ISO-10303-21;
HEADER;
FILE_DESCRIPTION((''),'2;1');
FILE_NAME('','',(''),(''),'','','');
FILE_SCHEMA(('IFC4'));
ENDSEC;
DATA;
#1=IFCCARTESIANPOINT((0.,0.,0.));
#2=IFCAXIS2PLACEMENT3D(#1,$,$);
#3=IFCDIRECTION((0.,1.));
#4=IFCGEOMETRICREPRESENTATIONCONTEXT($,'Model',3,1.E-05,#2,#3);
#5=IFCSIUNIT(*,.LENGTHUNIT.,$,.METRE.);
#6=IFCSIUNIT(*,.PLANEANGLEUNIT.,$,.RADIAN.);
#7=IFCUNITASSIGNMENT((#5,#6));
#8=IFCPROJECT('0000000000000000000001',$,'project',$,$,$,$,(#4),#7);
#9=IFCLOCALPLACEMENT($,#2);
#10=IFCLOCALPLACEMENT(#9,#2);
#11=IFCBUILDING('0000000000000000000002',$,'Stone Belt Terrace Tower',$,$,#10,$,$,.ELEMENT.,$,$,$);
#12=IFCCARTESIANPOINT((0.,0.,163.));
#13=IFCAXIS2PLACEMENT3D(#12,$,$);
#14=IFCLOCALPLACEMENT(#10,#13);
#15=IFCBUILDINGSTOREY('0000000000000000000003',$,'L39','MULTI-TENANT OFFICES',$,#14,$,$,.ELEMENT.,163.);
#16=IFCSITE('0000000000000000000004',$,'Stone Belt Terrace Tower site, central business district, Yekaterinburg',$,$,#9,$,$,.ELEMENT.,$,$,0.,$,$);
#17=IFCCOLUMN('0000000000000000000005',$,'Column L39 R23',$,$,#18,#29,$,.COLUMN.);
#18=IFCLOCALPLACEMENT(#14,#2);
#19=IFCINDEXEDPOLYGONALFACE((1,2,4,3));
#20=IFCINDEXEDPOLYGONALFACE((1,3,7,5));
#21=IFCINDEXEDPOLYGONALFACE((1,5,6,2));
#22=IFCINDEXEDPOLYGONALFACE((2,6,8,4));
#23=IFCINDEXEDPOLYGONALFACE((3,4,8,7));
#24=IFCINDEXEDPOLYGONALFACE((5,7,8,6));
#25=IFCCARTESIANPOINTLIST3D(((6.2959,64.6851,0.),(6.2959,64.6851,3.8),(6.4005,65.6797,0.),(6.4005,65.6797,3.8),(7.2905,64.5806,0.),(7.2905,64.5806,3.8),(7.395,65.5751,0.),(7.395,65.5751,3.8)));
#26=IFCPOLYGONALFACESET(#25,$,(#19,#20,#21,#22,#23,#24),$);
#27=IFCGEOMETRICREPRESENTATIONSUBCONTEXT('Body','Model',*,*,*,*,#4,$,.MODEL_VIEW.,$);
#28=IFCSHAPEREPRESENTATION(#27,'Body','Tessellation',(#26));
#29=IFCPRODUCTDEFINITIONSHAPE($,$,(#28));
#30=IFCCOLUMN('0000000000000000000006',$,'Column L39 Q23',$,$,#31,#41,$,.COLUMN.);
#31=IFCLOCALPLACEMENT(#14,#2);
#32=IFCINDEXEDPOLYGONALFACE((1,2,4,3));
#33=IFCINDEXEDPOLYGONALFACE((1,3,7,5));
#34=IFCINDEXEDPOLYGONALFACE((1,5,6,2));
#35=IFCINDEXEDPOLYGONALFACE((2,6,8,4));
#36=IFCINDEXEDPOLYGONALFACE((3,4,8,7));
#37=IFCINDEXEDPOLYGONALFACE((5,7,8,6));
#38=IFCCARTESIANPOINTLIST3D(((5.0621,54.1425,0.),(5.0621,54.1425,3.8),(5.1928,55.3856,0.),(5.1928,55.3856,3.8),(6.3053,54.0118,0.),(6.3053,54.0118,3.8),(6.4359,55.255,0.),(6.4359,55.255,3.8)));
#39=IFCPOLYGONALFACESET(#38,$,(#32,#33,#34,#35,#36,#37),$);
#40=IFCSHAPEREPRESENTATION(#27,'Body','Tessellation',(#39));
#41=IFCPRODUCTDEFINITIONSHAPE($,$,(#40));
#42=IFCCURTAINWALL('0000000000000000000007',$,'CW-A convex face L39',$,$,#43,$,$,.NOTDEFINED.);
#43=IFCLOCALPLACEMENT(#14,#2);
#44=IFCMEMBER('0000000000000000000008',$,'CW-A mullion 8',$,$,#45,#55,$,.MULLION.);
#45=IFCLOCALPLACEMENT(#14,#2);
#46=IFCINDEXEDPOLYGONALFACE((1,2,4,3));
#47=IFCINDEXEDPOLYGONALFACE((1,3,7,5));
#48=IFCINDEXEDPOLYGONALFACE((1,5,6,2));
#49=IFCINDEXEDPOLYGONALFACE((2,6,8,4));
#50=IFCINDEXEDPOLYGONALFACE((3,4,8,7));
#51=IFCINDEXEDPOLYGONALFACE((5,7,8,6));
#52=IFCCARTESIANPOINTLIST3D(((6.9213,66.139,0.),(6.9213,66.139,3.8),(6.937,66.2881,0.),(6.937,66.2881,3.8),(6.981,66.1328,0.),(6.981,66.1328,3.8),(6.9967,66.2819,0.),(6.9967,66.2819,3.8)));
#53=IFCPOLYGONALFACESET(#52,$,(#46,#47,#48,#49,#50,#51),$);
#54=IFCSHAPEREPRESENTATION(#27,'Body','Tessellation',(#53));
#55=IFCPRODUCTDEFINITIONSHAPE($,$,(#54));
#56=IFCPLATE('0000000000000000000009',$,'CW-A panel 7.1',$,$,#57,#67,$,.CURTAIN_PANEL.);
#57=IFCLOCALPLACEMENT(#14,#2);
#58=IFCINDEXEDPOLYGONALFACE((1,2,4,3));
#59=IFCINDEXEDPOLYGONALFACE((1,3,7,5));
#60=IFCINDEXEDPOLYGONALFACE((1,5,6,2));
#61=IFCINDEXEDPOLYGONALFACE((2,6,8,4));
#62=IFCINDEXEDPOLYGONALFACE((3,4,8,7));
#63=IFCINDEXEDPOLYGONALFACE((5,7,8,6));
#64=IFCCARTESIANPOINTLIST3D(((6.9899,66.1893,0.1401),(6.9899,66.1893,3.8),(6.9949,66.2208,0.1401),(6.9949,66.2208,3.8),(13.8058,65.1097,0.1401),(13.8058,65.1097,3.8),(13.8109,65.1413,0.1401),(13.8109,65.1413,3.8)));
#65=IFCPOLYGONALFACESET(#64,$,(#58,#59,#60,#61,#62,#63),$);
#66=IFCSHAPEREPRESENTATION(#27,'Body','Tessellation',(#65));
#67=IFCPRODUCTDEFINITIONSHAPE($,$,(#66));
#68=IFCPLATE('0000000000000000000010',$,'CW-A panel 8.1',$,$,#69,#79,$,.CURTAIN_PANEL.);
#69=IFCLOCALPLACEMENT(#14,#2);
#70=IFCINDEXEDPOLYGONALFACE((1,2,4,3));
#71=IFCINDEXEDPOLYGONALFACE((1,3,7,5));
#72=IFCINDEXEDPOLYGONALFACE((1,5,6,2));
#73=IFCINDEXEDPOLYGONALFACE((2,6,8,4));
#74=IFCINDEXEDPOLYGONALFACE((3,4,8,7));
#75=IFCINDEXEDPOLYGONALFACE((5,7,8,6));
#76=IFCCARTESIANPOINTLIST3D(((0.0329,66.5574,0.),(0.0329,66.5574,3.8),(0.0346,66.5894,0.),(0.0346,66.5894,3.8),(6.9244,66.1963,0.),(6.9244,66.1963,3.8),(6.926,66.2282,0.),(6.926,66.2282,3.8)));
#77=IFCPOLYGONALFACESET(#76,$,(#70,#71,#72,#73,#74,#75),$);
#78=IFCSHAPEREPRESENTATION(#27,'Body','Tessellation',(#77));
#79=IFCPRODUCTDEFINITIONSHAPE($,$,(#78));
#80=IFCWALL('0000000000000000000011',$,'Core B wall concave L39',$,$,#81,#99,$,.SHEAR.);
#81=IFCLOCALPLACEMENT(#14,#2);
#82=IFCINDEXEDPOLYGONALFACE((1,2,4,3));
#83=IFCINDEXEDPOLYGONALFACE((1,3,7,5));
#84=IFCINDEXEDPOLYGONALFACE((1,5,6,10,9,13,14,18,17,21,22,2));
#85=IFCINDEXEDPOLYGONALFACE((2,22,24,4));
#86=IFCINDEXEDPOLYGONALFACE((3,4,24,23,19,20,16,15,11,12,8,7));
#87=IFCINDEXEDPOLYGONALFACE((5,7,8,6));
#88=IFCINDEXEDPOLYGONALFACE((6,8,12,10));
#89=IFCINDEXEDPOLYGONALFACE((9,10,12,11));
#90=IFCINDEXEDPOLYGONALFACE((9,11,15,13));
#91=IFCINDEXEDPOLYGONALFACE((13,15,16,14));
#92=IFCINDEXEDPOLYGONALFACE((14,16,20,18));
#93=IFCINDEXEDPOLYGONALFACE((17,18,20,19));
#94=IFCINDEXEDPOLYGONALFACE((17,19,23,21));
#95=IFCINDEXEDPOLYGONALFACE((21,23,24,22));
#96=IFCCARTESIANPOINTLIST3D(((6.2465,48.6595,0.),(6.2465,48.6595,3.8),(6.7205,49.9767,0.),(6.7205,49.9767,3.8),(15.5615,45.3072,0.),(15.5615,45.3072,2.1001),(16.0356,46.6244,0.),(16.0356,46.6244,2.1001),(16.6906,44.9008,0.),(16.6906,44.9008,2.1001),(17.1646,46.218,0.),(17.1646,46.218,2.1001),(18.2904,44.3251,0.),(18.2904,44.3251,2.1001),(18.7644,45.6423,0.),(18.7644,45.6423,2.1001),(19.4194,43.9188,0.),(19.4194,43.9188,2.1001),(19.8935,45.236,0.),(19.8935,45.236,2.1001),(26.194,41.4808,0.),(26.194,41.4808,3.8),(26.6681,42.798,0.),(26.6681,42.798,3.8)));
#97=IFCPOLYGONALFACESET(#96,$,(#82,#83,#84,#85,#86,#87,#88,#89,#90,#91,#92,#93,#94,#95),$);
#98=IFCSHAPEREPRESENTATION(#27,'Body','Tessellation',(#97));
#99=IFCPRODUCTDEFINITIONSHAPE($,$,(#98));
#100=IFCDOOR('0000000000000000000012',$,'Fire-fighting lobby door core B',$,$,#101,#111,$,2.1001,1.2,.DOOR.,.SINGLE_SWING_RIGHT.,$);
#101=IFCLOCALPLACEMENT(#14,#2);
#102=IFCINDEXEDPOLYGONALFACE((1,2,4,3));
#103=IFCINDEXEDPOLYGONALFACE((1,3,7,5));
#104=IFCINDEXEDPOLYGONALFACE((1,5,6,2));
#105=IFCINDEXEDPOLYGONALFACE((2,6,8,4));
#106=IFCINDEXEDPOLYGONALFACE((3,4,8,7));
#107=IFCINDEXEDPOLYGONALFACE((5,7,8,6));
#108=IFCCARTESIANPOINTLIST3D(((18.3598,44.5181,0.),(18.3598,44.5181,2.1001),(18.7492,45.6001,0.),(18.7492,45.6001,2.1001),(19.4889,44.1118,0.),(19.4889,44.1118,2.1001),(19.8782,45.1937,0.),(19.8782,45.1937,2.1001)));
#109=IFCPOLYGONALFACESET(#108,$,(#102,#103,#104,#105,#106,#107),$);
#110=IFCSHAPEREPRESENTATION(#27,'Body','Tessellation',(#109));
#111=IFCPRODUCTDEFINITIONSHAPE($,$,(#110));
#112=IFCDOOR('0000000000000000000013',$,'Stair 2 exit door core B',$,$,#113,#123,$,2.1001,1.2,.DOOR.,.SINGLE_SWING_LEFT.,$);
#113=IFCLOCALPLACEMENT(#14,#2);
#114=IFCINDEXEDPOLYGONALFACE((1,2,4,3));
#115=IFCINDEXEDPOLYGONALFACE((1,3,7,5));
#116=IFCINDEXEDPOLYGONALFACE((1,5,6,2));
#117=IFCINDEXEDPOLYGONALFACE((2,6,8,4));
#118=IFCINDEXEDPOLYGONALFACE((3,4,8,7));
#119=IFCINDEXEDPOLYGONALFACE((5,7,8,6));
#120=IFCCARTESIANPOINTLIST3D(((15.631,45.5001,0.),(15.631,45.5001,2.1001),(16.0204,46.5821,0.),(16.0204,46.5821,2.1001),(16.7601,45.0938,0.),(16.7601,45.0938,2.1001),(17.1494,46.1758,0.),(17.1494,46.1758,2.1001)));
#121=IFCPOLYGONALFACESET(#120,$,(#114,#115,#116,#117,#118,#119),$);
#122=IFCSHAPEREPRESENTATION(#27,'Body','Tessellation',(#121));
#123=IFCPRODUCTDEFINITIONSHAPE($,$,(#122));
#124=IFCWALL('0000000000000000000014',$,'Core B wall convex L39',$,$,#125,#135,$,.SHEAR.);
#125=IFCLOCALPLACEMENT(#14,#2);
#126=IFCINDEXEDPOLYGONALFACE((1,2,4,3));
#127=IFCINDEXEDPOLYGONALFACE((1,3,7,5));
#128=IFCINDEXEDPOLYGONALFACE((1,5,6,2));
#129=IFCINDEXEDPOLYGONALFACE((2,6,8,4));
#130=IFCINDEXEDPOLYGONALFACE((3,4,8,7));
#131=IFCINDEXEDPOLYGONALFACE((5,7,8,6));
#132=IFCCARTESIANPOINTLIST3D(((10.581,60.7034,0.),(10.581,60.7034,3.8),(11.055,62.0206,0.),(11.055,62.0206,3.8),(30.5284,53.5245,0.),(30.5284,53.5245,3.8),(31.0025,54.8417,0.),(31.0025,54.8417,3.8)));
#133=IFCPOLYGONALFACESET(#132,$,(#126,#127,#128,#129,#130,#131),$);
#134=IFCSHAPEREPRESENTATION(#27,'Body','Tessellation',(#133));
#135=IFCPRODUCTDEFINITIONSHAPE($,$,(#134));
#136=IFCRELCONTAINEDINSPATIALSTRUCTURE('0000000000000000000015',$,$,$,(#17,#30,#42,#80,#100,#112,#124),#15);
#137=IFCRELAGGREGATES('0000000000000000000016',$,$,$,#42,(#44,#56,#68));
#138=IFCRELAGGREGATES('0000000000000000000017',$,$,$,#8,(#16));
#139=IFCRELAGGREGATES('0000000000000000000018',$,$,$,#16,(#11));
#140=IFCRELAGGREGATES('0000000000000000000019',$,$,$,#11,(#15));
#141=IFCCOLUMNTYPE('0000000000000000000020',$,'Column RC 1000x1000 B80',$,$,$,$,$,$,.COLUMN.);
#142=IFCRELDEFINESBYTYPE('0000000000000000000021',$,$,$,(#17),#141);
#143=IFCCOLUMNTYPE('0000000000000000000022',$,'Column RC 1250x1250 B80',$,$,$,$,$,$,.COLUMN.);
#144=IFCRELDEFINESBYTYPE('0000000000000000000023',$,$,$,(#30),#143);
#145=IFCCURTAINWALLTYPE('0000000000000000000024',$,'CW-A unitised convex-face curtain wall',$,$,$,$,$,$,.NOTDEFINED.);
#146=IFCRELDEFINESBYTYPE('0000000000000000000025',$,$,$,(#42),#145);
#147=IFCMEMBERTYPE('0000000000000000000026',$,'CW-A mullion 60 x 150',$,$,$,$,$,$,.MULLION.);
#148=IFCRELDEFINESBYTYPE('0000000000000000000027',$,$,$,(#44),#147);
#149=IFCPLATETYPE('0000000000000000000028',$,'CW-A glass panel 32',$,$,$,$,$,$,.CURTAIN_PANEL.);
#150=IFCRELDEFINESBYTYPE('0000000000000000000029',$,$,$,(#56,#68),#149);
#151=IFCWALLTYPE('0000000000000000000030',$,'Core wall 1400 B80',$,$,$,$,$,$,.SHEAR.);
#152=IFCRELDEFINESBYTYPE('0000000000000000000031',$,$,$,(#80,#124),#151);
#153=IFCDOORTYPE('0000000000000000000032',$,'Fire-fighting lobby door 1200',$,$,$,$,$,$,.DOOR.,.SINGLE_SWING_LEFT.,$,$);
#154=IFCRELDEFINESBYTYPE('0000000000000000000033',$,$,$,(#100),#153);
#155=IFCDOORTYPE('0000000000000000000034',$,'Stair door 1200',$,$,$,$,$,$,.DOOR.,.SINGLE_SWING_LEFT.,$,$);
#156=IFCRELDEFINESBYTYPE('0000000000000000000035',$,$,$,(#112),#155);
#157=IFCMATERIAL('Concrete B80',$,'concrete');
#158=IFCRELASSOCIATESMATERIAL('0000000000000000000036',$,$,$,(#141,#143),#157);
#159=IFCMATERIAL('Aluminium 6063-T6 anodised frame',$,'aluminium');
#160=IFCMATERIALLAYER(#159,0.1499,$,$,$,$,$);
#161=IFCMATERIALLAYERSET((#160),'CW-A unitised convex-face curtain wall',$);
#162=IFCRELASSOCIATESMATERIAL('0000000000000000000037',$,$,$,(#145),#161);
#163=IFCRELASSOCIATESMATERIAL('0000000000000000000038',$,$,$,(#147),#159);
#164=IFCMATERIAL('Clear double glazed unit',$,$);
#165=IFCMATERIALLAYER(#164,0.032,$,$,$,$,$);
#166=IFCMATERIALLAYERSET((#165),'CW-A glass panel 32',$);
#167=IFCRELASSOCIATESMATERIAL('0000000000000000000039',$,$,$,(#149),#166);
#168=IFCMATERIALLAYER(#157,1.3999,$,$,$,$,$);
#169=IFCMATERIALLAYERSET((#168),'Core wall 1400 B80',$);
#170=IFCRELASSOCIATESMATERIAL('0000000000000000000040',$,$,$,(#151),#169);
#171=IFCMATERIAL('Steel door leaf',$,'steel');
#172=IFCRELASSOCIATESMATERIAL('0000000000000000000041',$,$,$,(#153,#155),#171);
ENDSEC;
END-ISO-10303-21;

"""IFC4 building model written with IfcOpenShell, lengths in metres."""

from ifc_helpers import new_model, si_unit, direction, frame, frame_2d, origin, origin_2d, place, context, subcontext, project, spatial, rectangle, extrude, material, layer, layer_set, material_profile, profile_set, type_object, element, fill, aggregate, save


model = new_model("IFC4")

# Units and contexts
model_context = context("Model", 3, precision=1e-05, world=origin(), true_north=direction((0.0, 1.0)))
body_context = subcontext(model_context, "Body", "Model", "MODEL_VIEW")
ifc_project = project(units=[si_unit("LENGTHUNIT", "METRE"), si_unit("PLANEANGLEUNIT", "RADIAN")], contexts=[model_context])

# Site, building, storey
site_placement = place(None, origin())
site = spatial("IfcSite", under=ifc_project, at=site_placement, Name="Stone Belt Terrace Tower site, central business district, Yekaterinburg", CompositionType="ELEMENT", RefElevation=0.0)
building_placement = place(site_placement, origin())
building = spatial("IfcBuilding", under=site, at=building_placement, Name="Stone Belt Terrace Tower", CompositionType="ELEMENT")
storey_placement = place(building_placement, frame((0.0, 0.0, 163.0)))
storey = spatial("IfcBuildingStorey", under=building, at=storey_placement, Name="L39", Description="MULTI-TENANT OFFICES", CompositionType="ELEMENT", Elevation=163.0)

# Columns
ifc_material_1 = material(Name="Concrete B80", Category="concrete")
ifc_material_profile_1 = material_profile(ifc_material_1, rectangle(XDim=1.0, YDim=1.0, at=origin_2d()), Name="RC 1000x1000")
ifc_profile_set_1 = profile_set([ifc_material_profile_1], Name="Concrete B80")
column_type_1 = type_object("IfcColumnType", Name="Column RC 1000x1000 B80", PredefinedType="COLUMN", material=ifc_profile_set_1)
column_1_placement = place(storey_placement, frame((6.8455, 65.1301, 0.0), z_axis=(0.0, 0.0, 1.0), x_axis=(0.994522, -0.104528, 0.0)))
element("IfcColumn", 1, at=column_1_placement, inside=storey, type_object=column_type_1, Name="Column L39 R23", PredefinedType="COLUMN", context=body_context, shape_type="SweptSolid", body=[
    extrude(rectangle(XDim=1.0, YDim=1.0, at=origin_2d()), origin(), (0.0, 0.0, 1.0), 3.8),
])
ifc_material_profile_2 = material_profile(ifc_material_1, rectangle(XDim=1.25, YDim=1.25, at=origin_2d()), Name="RC 1250x1250")
ifc_profile_set_2 = profile_set([ifc_material_profile_2], Name="Concrete B80")
column_type_2 = type_object("IfcColumnType", Name="Column RC 1250x1250 B80", PredefinedType="COLUMN", material=ifc_profile_set_2)
column_2_placement = place(storey_placement, frame((5.749, 54.6987, 0.0), z_axis=(0.0, 0.0, 1.0), x_axis=(0.994522, -0.104528, 0.0)))
element("IfcColumn", 2, at=column_2_placement, inside=storey, type_object=column_type_2, Name="Column L39 Q23", PredefinedType="COLUMN", context=body_context, shape_type="SweptSolid", body=[
    extrude(rectangle(XDim=1.25, YDim=1.25, at=origin_2d()), origin(), (0.0, 0.0, 1.0), 3.8),
])

# Curtain wall, member, plates
ifc_material_2 = material(Name="Aluminium 6063-T6 anodised frame", Category="aluminium")
ifc_layer_1 = layer(ifc_material_2, 0.1499)
ifc_layer_set_1 = layer_set([ifc_layer_1], Name="CW-A unitised convex-face curtain wall")
curtain_wall_type = type_object("IfcCurtainWallType", Name="CW-A unitised convex-face curtain wall", PredefinedType="NOTDEFINED", material=ifc_layer_set_1)
curtain_wall_placement = place(storey_placement, origin())
curtain_wall = element("IfcCurtainWall", 3, at=curtain_wall_placement, inside=storey, type_object=curtain_wall_type, Name="CW-A convex face L39", PredefinedType="NOTDEFINED")
ifc_material_profile_3 = material_profile(ifc_material_2, rectangle(XDim=0.1499, YDim=0.0601, at=origin_2d()), Name="Aluminium 6063-T6 60x150")
ifc_profile_set_3 = profile_set([ifc_material_profile_3], Name="Aluminium 6063-T6 anodised frame")
member_type = type_object("IfcMemberType", Name="CW-A mullion 60 x 150", PredefinedType="MULLION", material=ifc_profile_set_3)
member_placement = place(storey_placement, frame((6.959, 66.2104, 0.0), z_axis=(0.0, 0.0, 1.0), x_axis=(-0.104528, -0.994522, 0.0)))
member = element("IfcMember", 4, at=member_placement, type_object=member_type, Name="CW-A mullion 8", PredefinedType="MULLION", context=body_context, shape_type="SweptSolid", body=[
    extrude(rectangle(XDim=0.1499, YDim=0.0601, at=origin_2d()), origin(), (0.0, 0.0, 1.0), 3.8),
])
ifc_material_3 = material(Name="Clear double glazed unit")
ifc_layer_2 = layer(ifc_material_3, 0.032)
ifc_layer_set_2 = layer_set([ifc_layer_2], Name="CW-A glass panel 32")
plate_type = type_object("IfcPlateType", Name="CW-A glass panel 32", PredefinedType="CURTAIN_PANEL", material=ifc_layer_set_2)
plate_1_placement = place(storey_placement, frame((10.4004, 65.6653, 0.1401), z_axis=(0.0, 0.0, 1.0), x_axis=(-0.987688, 0.156434, 0.0)))
plate_1 = element("IfcPlate", 5, at=plate_1_placement, type_object=plate_type, Name="CW-A panel 7.1", PredefinedType="CURTAIN_PANEL", context=body_context, shape_type="SweptSolid", body=[
    extrude(rectangle(XDim=6.9009, YDim=0.032, at=origin_2d()), origin(), (0.0, 0.0, 1.0), 3.6599),
])
plate_2_placement = place(storey_placement, frame((3.4795, 66.3928, 0.0), z_axis=(0.0, 0.0, 1.0), x_axis=(-0.99863, 0.052336, 0.0)))
plate_2 = element("IfcPlate", 6, at=plate_2_placement, type_object=plate_type, Name="CW-A panel 8.1", PredefinedType="CURTAIN_PANEL", context=body_context, shape_type="SweptSolid", body=[
    extrude(rectangle(XDim=6.9009, YDim=0.032, at=origin_2d()), origin(), (0.0, 0.0, 1.0), 3.8),
])
aggregate(curtain_wall, [member, plate_1, plate_2])

# Wall, openings, doors
ifc_layer_3 = layer(ifc_material_1, 1.3999)
ifc_layer_set_3 = layer_set([ifc_layer_3], Name="Core wall 1400 B80")
wall_type_1 = type_object("IfcWallType", Name="Core wall 1400 B80", PredefinedType="SHEAR", material=ifc_layer_set_3)
wall_1_placement = place(storey_placement, frame((6.4834, 49.3181, 0.0), z_axis=(0.0, 0.0, 1.0), x_axis=(0.940923, -0.33862, 0.0)))
wall_1 = element("IfcWall", 7, at=wall_1_placement, inside=storey, type_object=wall_type_1, Name="Core B wall concave L39", PredefinedType="SHEAR", context=body_context, shape_type="SweptSolid", body=[
    extrude(rectangle(XDim=21.2, YDim=1.3999, at=frame_2d((10.6001, 0.0))), origin(), (0.0, 0.0, 1.0), 3.8),
])
opening_1_placement = place(wall_1_placement, frame((12.8, 0.0, 0.0)))
opening_1 = element("IfcOpeningElement", 8, at=opening_1_placement, cuts=wall_1, PredefinedType="OPENING", context=body_context, shape_type="SweptSolid", body=[
    extrude(rectangle(XDim=1.2, YDim=2.1001, at=frame_2d((0.6001, 1.05))), frame((0.0, 0.71, 0.0), z_axis=(0.0, -1.0, 0.0), x_axis=(1.0, 0.0, 0.0)), (0.0, 0.0, 1.0), 1.4199),
])
opening_2_placement = place(wall_1_placement, frame((9.8999, 0.0, 0.0)))
opening_2 = element("IfcOpeningElement", 9, at=opening_2_placement, cuts=wall_1, PredefinedType="OPENING", context=body_context, shape_type="SweptSolid", body=[
    extrude(rectangle(XDim=1.2, YDim=2.1001, at=frame_2d((0.6001, 1.05))), frame((0.0, 0.71, 0.0), z_axis=(0.0, -1.0, 0.0), x_axis=(1.0, 0.0, 0.0)), (0.0, 0.0, 1.0), 1.4199),
])
ifc_material_4 = material(Name="Steel door leaf", Category="steel")
door_type_1 = type_object("IfcDoorType", Name="Fire-fighting lobby door 1200", OperationType="SINGLE_SWING_LEFT", PredefinedType="DOOR", material=ifc_material_4)
door_1_placement = place(opening_1_placement, origin())
door_1 = element("IfcDoor", 10, at=door_1_placement, inside=storey, type_object=door_type_1, Name="Fire-fighting lobby door core B", OperationType="SINGLE_SWING_RIGHT", OverallHeight=2.1001, OverallWidth=1.2, PredefinedType="DOOR", context=body_context, shape_type="SweptSolid", body=[
    extrude(rectangle(XDim=1.2, YDim=2.1001, at=frame_2d((0.6001, 1.05))), frame((0.0, 0.655, 0.0), z_axis=(0.0, -1.0, 0.0), x_axis=(1.0, 0.0, 0.0)), (0.0, 0.0, 1.0), 1.1499),
])
fill(opening_1, door_1)
door_type_2 = type_object("IfcDoorType", Name="Stair door 1200", OperationType="SINGLE_SWING_LEFT", PredefinedType="DOOR", material=ifc_material_4)
door_2_placement = place(opening_2_placement, origin())
door_2 = element("IfcDoor", 11, at=door_2_placement, inside=storey, type_object=door_type_2, Name="Stair 2 exit door core B", OperationType="SINGLE_SWING_LEFT", OverallHeight=2.1001, OverallWidth=1.2, PredefinedType="DOOR", context=body_context, shape_type="SweptSolid", body=[
    extrude(rectangle(XDim=1.2, YDim=2.1001, at=frame_2d((0.6001, 1.05))), frame((0.0, 0.655, 0.0), z_axis=(0.0, -1.0, 0.0), x_axis=(1.0, 0.0, 0.0)), (0.0, 0.0, 1.0), 1.1499),
])
fill(opening_2, door_2)

# Wall
wall_2_placement = place(storey_placement, frame((10.8179, 61.3621, 0.0), z_axis=(0.0, 0.0, 1.0), x_axis=(0.94092, -0.33863, 0.0)))
element("IfcWall", 12, at=wall_2_placement, inside=storey, type_object=wall_type_1, Name="Core B wall convex L39", PredefinedType="SHEAR", context=body_context, shape_type="SweptSolid", body=[
    extrude(rectangle(XDim=21.2, YDim=1.3999, at=frame_2d((10.6001, 0.0))), origin(), (0.0, 0.0, 1.0), 3.8),
])

save(model, "model.ifc")
